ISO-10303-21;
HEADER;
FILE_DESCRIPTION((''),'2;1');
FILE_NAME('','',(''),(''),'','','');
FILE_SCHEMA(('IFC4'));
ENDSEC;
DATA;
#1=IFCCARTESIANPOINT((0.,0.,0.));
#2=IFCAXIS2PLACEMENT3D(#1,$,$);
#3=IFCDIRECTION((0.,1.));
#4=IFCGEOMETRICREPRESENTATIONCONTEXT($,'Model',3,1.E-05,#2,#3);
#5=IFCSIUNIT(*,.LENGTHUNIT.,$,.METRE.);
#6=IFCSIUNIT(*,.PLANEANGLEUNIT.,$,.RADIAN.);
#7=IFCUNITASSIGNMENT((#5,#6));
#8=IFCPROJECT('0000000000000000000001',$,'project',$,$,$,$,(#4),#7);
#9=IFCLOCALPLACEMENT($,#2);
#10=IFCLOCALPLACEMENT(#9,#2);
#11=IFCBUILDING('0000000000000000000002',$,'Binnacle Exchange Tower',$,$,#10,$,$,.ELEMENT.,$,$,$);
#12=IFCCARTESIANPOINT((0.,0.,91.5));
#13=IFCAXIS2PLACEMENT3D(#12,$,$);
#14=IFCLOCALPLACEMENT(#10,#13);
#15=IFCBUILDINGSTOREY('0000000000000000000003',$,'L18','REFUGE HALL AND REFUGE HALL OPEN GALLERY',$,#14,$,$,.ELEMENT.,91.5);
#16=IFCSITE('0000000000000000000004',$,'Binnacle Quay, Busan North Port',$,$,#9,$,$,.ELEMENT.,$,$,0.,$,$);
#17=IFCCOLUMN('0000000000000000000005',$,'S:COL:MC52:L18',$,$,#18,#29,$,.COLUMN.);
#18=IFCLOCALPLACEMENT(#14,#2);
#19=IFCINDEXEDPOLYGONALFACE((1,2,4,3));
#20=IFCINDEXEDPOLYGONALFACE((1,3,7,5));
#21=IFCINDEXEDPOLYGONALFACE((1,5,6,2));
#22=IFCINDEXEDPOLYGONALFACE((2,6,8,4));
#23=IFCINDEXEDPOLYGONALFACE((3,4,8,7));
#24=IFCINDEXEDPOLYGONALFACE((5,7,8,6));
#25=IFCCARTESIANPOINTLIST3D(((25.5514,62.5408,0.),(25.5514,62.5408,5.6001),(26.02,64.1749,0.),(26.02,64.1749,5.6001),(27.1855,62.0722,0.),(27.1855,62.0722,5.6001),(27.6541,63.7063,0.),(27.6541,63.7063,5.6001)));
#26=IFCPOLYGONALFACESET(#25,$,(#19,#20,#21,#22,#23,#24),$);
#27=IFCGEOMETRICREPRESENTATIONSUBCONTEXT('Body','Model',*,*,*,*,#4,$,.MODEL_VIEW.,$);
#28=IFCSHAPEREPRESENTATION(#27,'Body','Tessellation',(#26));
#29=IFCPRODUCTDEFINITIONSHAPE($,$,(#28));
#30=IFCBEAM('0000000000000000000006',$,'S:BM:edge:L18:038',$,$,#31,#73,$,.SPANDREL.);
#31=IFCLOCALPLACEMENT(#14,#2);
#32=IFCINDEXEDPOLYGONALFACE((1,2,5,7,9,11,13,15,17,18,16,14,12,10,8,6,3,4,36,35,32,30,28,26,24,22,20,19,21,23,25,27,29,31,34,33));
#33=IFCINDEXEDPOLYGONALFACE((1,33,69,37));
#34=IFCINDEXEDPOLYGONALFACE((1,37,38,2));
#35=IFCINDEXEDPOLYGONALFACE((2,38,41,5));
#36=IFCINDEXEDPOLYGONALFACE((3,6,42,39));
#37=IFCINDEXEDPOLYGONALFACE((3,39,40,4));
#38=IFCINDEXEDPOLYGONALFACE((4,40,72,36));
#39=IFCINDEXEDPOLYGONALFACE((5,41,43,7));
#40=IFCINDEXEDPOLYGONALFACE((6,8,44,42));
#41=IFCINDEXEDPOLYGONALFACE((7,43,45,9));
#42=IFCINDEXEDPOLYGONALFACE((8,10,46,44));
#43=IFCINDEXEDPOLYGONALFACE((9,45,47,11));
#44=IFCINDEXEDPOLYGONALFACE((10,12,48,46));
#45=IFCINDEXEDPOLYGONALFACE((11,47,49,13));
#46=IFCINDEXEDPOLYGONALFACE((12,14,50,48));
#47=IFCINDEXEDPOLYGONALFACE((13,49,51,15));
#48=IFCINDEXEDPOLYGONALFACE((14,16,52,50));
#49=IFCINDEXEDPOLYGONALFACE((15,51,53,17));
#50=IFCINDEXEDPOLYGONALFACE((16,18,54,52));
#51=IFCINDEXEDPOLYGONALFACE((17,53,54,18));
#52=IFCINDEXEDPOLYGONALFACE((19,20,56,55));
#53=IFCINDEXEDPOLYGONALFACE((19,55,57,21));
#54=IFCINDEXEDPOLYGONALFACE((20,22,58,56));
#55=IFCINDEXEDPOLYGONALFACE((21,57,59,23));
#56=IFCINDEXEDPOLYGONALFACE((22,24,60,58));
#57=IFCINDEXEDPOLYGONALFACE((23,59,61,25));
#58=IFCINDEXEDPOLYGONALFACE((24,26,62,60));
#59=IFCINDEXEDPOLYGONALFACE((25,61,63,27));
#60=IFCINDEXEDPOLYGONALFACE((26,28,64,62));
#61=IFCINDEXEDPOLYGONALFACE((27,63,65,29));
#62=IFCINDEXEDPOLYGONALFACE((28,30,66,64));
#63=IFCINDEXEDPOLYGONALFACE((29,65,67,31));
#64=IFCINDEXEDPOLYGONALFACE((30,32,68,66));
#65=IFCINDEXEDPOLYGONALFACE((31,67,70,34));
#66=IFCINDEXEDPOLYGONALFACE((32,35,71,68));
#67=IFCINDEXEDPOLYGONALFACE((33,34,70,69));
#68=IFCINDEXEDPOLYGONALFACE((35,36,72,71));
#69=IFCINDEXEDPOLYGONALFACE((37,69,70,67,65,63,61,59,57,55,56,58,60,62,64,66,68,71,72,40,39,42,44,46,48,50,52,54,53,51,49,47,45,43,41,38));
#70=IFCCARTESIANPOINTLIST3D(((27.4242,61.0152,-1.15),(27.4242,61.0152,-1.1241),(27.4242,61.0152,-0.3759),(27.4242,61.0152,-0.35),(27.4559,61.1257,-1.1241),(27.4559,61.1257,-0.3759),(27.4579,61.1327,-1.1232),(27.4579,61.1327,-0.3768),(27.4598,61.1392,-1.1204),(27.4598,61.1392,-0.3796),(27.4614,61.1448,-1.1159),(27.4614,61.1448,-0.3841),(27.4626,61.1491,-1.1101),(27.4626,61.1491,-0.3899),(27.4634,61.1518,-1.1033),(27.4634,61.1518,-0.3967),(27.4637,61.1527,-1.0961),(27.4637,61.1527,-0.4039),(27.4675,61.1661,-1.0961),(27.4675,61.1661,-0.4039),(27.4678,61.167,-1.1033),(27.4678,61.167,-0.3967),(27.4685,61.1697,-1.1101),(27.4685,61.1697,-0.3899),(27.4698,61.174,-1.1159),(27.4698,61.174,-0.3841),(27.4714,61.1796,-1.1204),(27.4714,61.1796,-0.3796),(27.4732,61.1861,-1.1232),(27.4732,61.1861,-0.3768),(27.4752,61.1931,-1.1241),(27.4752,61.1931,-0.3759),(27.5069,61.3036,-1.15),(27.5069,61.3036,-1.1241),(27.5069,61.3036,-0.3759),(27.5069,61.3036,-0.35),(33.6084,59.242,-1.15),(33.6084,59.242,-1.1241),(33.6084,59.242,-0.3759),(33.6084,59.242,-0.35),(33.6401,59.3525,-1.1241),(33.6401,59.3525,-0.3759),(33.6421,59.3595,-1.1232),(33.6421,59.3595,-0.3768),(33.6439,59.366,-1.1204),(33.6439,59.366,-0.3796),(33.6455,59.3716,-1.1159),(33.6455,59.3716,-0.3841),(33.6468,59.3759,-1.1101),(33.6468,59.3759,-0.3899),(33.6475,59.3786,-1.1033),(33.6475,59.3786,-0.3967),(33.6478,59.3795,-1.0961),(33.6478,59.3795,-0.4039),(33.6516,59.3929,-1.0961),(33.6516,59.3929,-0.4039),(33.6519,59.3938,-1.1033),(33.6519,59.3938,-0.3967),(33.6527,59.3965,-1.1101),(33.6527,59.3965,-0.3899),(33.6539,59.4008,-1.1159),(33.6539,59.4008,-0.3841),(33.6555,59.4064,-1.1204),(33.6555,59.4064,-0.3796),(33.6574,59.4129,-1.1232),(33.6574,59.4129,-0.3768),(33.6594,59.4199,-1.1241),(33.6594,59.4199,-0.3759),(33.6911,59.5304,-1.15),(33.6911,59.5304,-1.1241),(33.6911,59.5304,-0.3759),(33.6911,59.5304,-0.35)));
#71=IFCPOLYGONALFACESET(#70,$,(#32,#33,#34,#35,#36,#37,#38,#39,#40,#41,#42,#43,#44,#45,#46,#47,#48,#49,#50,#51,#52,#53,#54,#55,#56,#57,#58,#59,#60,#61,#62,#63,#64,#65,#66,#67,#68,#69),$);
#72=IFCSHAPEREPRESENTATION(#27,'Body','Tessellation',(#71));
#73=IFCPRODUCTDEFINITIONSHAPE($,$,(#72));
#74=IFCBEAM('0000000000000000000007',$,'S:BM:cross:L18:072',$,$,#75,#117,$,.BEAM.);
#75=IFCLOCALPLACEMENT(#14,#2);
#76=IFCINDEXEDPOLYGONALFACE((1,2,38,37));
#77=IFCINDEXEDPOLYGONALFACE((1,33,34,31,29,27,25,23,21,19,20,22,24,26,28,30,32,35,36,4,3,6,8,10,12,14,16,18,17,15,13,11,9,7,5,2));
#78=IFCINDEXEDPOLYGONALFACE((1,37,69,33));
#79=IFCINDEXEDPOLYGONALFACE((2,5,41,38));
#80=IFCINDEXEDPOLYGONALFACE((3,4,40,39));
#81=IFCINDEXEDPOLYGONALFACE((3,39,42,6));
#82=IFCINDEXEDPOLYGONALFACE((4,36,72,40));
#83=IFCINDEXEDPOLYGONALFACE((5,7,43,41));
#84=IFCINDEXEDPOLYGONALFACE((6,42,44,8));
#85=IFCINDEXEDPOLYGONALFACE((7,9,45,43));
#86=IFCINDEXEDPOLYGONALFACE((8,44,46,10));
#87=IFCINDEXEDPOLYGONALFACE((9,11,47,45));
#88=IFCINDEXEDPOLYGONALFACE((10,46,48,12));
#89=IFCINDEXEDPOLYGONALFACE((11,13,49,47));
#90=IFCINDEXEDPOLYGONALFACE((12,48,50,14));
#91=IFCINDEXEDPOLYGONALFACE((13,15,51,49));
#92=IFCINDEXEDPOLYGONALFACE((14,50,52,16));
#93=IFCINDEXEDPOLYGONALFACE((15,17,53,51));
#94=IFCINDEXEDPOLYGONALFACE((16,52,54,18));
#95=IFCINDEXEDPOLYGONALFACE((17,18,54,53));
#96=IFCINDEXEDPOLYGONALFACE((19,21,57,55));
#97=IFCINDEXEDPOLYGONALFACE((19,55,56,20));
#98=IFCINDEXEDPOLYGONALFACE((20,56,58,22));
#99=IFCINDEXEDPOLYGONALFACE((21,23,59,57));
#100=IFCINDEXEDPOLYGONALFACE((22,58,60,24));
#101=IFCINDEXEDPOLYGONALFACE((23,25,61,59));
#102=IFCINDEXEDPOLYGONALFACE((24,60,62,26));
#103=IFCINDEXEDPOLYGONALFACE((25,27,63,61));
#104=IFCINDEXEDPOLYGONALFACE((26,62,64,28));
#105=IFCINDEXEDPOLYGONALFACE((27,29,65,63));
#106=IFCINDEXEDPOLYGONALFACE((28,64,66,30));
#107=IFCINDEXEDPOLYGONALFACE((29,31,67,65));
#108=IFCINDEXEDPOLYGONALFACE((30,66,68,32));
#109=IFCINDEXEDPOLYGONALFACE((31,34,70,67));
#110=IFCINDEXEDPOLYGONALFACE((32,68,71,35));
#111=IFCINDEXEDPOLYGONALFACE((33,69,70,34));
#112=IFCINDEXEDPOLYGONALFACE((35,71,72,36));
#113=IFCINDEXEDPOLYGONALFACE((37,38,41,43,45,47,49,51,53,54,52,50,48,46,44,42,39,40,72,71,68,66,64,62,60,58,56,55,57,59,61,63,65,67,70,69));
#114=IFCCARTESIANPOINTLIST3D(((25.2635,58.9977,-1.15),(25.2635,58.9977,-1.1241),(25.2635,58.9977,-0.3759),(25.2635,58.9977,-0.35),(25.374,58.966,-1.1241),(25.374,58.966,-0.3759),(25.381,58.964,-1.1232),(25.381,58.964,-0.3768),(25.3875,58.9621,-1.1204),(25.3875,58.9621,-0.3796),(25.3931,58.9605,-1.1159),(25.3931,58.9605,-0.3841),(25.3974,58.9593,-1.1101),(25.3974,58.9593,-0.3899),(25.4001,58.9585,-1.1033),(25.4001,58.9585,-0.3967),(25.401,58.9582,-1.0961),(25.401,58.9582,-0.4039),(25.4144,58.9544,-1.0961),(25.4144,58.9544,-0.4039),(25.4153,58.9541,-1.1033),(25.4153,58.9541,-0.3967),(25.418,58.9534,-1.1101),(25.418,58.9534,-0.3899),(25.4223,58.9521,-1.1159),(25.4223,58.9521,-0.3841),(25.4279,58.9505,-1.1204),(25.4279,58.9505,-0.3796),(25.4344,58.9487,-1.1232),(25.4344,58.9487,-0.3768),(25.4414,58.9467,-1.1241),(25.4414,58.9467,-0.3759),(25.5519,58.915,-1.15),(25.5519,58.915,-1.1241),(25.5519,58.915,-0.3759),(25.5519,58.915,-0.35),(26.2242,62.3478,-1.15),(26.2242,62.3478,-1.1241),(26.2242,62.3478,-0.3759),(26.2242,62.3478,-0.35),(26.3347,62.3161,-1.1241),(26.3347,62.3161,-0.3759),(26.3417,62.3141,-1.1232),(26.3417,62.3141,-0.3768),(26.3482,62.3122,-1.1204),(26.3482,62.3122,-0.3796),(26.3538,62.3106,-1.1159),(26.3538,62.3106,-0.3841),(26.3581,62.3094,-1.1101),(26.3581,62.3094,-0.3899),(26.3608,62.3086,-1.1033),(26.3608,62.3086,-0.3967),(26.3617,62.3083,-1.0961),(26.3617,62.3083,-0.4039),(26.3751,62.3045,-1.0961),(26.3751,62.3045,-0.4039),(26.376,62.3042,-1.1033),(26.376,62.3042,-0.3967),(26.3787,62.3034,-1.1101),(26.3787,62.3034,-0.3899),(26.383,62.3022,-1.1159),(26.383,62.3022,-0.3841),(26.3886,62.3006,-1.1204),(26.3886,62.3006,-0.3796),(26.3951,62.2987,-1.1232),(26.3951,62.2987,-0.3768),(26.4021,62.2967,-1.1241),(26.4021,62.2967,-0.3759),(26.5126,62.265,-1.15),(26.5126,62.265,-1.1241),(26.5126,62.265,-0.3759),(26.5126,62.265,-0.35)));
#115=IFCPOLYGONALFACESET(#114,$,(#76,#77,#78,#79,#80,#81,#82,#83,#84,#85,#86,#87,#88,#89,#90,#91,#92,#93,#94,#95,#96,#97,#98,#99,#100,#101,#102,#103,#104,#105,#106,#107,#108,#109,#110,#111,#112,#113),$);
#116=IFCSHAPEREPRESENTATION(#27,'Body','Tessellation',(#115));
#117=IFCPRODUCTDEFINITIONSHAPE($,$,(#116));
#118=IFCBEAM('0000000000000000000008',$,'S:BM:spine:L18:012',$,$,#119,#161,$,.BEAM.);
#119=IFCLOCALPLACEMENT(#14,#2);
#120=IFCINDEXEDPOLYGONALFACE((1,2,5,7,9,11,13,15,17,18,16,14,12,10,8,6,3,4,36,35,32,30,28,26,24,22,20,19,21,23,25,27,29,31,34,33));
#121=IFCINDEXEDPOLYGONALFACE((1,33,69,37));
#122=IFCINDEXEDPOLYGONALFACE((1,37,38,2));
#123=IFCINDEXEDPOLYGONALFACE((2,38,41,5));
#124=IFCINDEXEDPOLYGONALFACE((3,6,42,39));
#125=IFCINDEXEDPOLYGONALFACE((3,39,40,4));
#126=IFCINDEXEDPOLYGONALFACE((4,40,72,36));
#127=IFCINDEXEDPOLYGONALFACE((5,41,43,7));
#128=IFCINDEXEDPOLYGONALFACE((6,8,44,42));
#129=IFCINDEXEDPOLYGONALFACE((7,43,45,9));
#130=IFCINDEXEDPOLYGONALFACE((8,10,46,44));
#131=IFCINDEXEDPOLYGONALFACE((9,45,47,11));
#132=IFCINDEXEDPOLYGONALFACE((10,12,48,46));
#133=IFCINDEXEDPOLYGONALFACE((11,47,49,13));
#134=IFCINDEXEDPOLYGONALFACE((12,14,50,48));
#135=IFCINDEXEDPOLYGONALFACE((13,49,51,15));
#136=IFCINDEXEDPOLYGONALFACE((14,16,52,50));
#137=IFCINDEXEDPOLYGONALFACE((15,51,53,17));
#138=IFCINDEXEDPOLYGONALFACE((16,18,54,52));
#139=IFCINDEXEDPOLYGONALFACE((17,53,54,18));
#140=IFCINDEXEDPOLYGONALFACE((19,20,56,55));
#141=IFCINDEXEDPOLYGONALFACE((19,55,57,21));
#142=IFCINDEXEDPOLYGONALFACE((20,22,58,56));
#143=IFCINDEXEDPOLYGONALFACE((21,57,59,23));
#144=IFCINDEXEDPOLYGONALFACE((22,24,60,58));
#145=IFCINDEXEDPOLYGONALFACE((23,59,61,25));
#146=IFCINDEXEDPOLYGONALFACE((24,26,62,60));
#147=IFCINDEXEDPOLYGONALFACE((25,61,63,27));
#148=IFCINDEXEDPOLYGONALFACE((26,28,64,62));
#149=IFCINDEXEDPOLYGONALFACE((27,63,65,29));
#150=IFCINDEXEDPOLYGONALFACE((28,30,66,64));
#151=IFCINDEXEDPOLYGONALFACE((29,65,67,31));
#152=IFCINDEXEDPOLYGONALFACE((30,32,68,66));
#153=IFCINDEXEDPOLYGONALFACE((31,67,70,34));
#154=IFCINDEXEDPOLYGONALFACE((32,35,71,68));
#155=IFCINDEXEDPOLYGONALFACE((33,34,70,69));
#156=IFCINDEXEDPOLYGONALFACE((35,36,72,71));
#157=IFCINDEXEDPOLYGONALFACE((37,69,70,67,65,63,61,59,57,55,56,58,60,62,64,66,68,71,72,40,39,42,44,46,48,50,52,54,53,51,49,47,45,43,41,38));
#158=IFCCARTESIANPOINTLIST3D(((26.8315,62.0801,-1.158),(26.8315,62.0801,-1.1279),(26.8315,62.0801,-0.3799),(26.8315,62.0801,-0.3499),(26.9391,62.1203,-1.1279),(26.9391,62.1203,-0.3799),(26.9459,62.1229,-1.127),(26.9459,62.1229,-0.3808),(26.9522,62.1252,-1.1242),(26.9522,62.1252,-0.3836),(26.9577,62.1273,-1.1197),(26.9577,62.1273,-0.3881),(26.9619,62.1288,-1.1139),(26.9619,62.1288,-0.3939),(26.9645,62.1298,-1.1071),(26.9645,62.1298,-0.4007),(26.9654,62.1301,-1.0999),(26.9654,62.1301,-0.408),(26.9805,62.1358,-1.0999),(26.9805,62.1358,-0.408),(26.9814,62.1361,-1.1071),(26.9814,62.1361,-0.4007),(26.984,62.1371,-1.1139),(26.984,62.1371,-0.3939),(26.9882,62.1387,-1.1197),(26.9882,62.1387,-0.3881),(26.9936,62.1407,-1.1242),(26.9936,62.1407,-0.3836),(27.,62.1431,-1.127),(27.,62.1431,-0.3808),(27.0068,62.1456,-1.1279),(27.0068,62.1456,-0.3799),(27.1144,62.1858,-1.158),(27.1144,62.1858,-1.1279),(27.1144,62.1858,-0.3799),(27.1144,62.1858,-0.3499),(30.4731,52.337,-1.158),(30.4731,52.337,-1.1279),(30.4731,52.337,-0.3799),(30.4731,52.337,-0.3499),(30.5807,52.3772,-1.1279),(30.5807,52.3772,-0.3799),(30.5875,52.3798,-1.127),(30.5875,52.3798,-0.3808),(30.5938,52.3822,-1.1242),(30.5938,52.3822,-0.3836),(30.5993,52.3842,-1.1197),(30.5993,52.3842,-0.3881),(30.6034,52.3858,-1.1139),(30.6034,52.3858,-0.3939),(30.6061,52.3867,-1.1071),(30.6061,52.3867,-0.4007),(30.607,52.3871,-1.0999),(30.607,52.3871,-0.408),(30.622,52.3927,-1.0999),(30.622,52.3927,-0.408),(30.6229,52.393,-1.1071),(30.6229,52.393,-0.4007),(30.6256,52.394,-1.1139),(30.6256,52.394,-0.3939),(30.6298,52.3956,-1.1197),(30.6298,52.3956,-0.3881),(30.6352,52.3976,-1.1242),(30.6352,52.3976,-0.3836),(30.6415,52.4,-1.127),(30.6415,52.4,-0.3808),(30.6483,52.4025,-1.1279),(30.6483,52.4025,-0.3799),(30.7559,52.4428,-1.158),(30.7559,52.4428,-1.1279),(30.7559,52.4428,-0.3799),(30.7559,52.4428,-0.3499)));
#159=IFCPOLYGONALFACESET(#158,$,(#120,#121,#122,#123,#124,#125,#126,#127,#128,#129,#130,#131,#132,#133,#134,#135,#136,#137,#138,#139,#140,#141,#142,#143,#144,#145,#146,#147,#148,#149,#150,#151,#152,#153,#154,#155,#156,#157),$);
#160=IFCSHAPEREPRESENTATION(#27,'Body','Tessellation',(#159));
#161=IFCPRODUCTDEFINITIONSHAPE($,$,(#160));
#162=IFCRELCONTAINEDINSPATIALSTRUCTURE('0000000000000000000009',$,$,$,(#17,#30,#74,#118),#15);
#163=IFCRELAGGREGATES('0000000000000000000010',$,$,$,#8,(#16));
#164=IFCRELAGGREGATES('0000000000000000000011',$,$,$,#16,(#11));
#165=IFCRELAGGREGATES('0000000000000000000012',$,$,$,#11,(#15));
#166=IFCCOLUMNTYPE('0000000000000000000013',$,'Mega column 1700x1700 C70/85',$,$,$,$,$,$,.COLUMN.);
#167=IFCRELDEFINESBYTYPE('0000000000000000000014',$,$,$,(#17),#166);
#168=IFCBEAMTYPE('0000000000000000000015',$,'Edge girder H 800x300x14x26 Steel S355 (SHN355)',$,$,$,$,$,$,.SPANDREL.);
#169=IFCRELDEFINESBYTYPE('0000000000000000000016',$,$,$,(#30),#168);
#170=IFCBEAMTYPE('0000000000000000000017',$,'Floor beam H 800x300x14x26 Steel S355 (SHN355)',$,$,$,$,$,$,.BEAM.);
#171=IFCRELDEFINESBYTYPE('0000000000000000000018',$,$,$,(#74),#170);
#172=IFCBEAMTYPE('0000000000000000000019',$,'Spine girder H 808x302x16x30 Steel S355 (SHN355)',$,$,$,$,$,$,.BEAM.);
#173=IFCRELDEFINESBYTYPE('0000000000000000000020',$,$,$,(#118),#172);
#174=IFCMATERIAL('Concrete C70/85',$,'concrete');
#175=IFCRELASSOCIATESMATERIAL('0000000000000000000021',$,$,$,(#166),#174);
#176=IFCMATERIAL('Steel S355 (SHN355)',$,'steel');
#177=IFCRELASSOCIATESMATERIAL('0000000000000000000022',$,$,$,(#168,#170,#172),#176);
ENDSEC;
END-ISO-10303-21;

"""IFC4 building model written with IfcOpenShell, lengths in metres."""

from ifc_helpers import new_model, si_unit, direction, frame, origin, origin_2d, place, context, subcontext, project, spatial, rectangle, i_section, extrude, material, material_profile, profile_set, type_object, element, save


model = new_model("IFC4")

# Units and contexts
model_context = context("Model", 3, precision=1e-05, world=origin(), true_north=direction((0.0, 1.0)))
body_context = subcontext(model_context, "Body", "Model", "MODEL_VIEW")
ifc_project = project(units=[si_unit("LENGTHUNIT", "METRE"), si_unit("PLANEANGLEUNIT", "RADIAN")], contexts=[model_context])

# Site, building, storey
site_placement = place(None, origin())
site = spatial("IfcSite", under=ifc_project, at=site_placement, Name="Binnacle Quay, Busan North Port", CompositionType="ELEMENT", RefElevation=0.0)
building_placement = place(site_placement, origin())
building = spatial("IfcBuilding", under=site, at=building_placement, Name="Binnacle Exchange Tower", CompositionType="ELEMENT")
storey_placement = place(building_placement, frame((0.0, 0.0, 91.5)))
storey = spatial("IfcBuildingStorey", under=building, at=storey_placement, Name="L18", Description="REFUGE HALL AND REFUGE HALL OPEN GALLERY", CompositionType="ELEMENT", Elevation=91.5)

# Column
ifc_material_1 = material(Name="Concrete C70/85", Category="concrete")
ifc_material_profile_1 = material_profile(ifc_material_1, rectangle(XDim=1.7, YDim=1.7, at=origin_2d()), Name="Mega column 1700x1700 C70/85")
ifc_profile_set_1 = profile_set([ifc_material_profile_1], Name="Concrete C70/85")
column_type = type_object("IfcColumnType", Name="Mega column 1700x1700 C70/85", PredefinedType="COLUMN", material=ifc_profile_set_1)
column_placement = place(storey_placement, frame((26.6028, 63.1235, 0.0), z_axis=(0.0, 0.0, 1.0), x_axis=(-0.961262, 0.275637, 0.0)))
element("IfcColumn", 1, at=column_placement, inside=storey, type_object=column_type, Name="S:COL:MC52:L18", PredefinedType="COLUMN", context=body_context, shape_type="SweptSolid", body=[
    extrude(rectangle(XDim=1.7, YDim=1.7, at=origin_2d()), origin(), (0.0, 0.0, 1.0), 5.6001),
])

# Beams
ifc_material_2 = material(Name="Steel S355 (SHN355)", Category="steel")
ifc_material_profile_2 = material_profile(ifc_material_2, i_section(OverallWidth=0.3, OverallDepth=0.8, WebThickness=0.0139, FlangeThickness=0.0259, FilletRadius=0.0281, at=origin_2d()), Name="H 800x300x14x26")
ifc_profile_set_2 = profile_set([ifc_material_profile_2], Name="Steel S355 (SHN355)")
beam_type_1 = type_object("IfcBeamType", Name="Edge girder H 800x300x14x26 Steel S355 (SHN355)", PredefinedType="SPANDREL", material=ifc_profile_set_2)
beam_1_placement = place(storey_placement, frame((27.4656, 61.1594, -0.75), z_axis=(0.961264, -0.275628, 0.0), x_axis=(0.275628, 0.961264, 0.0)))
element("IfcBeam", 2, at=beam_1_placement, inside=storey, type_object=beam_type_1, Name="S:BM:edge:L18:038", PredefinedType="SPANDREL", context=body_context, shape_type="SweptSolid", body=[
    extrude(i_section(OverallWidth=0.3, OverallDepth=0.8, WebThickness=0.0139, FlangeThickness=0.0259, FilletRadius=0.0281, at=origin_2d()), origin(), (0.0, 0.0, 1.0), 6.4333),
])
ifc_material_profile_3 = material_profile(ifc_material_2, i_section(OverallWidth=0.3, OverallDepth=0.8, WebThickness=0.0139, FlangeThickness=0.0259, FilletRadius=0.0281, at=origin_2d()), Name="H 800x300x14x26")
ifc_profile_set_3 = profile_set([ifc_material_profile_3], Name="Steel S355 (SHN355)")
beam_type_2 = type_object("IfcBeamType", Name="Floor beam H 800x300x14x26 Steel S355 (SHN355)", PredefinedType="BEAM", material=ifc_profile_set_3)
beam_2_placement = place(storey_placement, frame((26.3684, 62.3064, -0.75), z_axis=(-0.275655, -0.961257, 0.0), x_axis=(0.961257, -0.275655, 0.0)))
element("IfcBeam", 3, at=beam_2_placement, inside=storey, type_object=beam_type_2, Name="S:BM:cross:L18:072", PredefinedType="BEAM", context=body_context, shape_type="SweptSolid", body=[
    extrude(i_section(OverallWidth=0.3, OverallDepth=0.8, WebThickness=0.0139, FlangeThickness=0.0259, FilletRadius=0.0281, at=origin_2d()), origin(), (0.0, 0.0, 1.0), 3.4851),
])
ifc_material_profile_4 = material_profile(ifc_material_2, i_section(OverallWidth=0.302, OverallDepth=0.8081, WebThickness=0.0161, FlangeThickness=0.03, FilletRadius=0.0281, at=origin_2d()), Name="H 808x302x16x30")
ifc_profile_set_4 = profile_set([ifc_material_profile_4], Name="Steel S355 (SHN355)")
beam_type_3 = type_object("IfcBeamType", Name="Spine girder H 808x302x16x30 Steel S355 (SHN355)", PredefinedType="BEAM", material=ifc_profile_set_4)
beam_3_placement = place(storey_placement, frame((30.6145, 52.3899, -0.7539), z_axis=(-0.350105, 0.936711, 0.0), x_axis=(-0.936711, -0.350105, 0.0)))
element("IfcBeam", 4, at=beam_3_placement, inside=storey, type_object=beam_type_3, Name="S:BM:spine:L18:012", PredefinedType="BEAM", context=body_context, shape_type="SweptSolid", body=[
    extrude(i_section(OverallWidth=0.302, OverallDepth=0.8081, WebThickness=0.0161, FlangeThickness=0.03, FilletRadius=0.0281, at=origin_2d()), origin(), (0.0, 0.0, 1.0), 10.4014),
])

save(model, "model.ifc")
